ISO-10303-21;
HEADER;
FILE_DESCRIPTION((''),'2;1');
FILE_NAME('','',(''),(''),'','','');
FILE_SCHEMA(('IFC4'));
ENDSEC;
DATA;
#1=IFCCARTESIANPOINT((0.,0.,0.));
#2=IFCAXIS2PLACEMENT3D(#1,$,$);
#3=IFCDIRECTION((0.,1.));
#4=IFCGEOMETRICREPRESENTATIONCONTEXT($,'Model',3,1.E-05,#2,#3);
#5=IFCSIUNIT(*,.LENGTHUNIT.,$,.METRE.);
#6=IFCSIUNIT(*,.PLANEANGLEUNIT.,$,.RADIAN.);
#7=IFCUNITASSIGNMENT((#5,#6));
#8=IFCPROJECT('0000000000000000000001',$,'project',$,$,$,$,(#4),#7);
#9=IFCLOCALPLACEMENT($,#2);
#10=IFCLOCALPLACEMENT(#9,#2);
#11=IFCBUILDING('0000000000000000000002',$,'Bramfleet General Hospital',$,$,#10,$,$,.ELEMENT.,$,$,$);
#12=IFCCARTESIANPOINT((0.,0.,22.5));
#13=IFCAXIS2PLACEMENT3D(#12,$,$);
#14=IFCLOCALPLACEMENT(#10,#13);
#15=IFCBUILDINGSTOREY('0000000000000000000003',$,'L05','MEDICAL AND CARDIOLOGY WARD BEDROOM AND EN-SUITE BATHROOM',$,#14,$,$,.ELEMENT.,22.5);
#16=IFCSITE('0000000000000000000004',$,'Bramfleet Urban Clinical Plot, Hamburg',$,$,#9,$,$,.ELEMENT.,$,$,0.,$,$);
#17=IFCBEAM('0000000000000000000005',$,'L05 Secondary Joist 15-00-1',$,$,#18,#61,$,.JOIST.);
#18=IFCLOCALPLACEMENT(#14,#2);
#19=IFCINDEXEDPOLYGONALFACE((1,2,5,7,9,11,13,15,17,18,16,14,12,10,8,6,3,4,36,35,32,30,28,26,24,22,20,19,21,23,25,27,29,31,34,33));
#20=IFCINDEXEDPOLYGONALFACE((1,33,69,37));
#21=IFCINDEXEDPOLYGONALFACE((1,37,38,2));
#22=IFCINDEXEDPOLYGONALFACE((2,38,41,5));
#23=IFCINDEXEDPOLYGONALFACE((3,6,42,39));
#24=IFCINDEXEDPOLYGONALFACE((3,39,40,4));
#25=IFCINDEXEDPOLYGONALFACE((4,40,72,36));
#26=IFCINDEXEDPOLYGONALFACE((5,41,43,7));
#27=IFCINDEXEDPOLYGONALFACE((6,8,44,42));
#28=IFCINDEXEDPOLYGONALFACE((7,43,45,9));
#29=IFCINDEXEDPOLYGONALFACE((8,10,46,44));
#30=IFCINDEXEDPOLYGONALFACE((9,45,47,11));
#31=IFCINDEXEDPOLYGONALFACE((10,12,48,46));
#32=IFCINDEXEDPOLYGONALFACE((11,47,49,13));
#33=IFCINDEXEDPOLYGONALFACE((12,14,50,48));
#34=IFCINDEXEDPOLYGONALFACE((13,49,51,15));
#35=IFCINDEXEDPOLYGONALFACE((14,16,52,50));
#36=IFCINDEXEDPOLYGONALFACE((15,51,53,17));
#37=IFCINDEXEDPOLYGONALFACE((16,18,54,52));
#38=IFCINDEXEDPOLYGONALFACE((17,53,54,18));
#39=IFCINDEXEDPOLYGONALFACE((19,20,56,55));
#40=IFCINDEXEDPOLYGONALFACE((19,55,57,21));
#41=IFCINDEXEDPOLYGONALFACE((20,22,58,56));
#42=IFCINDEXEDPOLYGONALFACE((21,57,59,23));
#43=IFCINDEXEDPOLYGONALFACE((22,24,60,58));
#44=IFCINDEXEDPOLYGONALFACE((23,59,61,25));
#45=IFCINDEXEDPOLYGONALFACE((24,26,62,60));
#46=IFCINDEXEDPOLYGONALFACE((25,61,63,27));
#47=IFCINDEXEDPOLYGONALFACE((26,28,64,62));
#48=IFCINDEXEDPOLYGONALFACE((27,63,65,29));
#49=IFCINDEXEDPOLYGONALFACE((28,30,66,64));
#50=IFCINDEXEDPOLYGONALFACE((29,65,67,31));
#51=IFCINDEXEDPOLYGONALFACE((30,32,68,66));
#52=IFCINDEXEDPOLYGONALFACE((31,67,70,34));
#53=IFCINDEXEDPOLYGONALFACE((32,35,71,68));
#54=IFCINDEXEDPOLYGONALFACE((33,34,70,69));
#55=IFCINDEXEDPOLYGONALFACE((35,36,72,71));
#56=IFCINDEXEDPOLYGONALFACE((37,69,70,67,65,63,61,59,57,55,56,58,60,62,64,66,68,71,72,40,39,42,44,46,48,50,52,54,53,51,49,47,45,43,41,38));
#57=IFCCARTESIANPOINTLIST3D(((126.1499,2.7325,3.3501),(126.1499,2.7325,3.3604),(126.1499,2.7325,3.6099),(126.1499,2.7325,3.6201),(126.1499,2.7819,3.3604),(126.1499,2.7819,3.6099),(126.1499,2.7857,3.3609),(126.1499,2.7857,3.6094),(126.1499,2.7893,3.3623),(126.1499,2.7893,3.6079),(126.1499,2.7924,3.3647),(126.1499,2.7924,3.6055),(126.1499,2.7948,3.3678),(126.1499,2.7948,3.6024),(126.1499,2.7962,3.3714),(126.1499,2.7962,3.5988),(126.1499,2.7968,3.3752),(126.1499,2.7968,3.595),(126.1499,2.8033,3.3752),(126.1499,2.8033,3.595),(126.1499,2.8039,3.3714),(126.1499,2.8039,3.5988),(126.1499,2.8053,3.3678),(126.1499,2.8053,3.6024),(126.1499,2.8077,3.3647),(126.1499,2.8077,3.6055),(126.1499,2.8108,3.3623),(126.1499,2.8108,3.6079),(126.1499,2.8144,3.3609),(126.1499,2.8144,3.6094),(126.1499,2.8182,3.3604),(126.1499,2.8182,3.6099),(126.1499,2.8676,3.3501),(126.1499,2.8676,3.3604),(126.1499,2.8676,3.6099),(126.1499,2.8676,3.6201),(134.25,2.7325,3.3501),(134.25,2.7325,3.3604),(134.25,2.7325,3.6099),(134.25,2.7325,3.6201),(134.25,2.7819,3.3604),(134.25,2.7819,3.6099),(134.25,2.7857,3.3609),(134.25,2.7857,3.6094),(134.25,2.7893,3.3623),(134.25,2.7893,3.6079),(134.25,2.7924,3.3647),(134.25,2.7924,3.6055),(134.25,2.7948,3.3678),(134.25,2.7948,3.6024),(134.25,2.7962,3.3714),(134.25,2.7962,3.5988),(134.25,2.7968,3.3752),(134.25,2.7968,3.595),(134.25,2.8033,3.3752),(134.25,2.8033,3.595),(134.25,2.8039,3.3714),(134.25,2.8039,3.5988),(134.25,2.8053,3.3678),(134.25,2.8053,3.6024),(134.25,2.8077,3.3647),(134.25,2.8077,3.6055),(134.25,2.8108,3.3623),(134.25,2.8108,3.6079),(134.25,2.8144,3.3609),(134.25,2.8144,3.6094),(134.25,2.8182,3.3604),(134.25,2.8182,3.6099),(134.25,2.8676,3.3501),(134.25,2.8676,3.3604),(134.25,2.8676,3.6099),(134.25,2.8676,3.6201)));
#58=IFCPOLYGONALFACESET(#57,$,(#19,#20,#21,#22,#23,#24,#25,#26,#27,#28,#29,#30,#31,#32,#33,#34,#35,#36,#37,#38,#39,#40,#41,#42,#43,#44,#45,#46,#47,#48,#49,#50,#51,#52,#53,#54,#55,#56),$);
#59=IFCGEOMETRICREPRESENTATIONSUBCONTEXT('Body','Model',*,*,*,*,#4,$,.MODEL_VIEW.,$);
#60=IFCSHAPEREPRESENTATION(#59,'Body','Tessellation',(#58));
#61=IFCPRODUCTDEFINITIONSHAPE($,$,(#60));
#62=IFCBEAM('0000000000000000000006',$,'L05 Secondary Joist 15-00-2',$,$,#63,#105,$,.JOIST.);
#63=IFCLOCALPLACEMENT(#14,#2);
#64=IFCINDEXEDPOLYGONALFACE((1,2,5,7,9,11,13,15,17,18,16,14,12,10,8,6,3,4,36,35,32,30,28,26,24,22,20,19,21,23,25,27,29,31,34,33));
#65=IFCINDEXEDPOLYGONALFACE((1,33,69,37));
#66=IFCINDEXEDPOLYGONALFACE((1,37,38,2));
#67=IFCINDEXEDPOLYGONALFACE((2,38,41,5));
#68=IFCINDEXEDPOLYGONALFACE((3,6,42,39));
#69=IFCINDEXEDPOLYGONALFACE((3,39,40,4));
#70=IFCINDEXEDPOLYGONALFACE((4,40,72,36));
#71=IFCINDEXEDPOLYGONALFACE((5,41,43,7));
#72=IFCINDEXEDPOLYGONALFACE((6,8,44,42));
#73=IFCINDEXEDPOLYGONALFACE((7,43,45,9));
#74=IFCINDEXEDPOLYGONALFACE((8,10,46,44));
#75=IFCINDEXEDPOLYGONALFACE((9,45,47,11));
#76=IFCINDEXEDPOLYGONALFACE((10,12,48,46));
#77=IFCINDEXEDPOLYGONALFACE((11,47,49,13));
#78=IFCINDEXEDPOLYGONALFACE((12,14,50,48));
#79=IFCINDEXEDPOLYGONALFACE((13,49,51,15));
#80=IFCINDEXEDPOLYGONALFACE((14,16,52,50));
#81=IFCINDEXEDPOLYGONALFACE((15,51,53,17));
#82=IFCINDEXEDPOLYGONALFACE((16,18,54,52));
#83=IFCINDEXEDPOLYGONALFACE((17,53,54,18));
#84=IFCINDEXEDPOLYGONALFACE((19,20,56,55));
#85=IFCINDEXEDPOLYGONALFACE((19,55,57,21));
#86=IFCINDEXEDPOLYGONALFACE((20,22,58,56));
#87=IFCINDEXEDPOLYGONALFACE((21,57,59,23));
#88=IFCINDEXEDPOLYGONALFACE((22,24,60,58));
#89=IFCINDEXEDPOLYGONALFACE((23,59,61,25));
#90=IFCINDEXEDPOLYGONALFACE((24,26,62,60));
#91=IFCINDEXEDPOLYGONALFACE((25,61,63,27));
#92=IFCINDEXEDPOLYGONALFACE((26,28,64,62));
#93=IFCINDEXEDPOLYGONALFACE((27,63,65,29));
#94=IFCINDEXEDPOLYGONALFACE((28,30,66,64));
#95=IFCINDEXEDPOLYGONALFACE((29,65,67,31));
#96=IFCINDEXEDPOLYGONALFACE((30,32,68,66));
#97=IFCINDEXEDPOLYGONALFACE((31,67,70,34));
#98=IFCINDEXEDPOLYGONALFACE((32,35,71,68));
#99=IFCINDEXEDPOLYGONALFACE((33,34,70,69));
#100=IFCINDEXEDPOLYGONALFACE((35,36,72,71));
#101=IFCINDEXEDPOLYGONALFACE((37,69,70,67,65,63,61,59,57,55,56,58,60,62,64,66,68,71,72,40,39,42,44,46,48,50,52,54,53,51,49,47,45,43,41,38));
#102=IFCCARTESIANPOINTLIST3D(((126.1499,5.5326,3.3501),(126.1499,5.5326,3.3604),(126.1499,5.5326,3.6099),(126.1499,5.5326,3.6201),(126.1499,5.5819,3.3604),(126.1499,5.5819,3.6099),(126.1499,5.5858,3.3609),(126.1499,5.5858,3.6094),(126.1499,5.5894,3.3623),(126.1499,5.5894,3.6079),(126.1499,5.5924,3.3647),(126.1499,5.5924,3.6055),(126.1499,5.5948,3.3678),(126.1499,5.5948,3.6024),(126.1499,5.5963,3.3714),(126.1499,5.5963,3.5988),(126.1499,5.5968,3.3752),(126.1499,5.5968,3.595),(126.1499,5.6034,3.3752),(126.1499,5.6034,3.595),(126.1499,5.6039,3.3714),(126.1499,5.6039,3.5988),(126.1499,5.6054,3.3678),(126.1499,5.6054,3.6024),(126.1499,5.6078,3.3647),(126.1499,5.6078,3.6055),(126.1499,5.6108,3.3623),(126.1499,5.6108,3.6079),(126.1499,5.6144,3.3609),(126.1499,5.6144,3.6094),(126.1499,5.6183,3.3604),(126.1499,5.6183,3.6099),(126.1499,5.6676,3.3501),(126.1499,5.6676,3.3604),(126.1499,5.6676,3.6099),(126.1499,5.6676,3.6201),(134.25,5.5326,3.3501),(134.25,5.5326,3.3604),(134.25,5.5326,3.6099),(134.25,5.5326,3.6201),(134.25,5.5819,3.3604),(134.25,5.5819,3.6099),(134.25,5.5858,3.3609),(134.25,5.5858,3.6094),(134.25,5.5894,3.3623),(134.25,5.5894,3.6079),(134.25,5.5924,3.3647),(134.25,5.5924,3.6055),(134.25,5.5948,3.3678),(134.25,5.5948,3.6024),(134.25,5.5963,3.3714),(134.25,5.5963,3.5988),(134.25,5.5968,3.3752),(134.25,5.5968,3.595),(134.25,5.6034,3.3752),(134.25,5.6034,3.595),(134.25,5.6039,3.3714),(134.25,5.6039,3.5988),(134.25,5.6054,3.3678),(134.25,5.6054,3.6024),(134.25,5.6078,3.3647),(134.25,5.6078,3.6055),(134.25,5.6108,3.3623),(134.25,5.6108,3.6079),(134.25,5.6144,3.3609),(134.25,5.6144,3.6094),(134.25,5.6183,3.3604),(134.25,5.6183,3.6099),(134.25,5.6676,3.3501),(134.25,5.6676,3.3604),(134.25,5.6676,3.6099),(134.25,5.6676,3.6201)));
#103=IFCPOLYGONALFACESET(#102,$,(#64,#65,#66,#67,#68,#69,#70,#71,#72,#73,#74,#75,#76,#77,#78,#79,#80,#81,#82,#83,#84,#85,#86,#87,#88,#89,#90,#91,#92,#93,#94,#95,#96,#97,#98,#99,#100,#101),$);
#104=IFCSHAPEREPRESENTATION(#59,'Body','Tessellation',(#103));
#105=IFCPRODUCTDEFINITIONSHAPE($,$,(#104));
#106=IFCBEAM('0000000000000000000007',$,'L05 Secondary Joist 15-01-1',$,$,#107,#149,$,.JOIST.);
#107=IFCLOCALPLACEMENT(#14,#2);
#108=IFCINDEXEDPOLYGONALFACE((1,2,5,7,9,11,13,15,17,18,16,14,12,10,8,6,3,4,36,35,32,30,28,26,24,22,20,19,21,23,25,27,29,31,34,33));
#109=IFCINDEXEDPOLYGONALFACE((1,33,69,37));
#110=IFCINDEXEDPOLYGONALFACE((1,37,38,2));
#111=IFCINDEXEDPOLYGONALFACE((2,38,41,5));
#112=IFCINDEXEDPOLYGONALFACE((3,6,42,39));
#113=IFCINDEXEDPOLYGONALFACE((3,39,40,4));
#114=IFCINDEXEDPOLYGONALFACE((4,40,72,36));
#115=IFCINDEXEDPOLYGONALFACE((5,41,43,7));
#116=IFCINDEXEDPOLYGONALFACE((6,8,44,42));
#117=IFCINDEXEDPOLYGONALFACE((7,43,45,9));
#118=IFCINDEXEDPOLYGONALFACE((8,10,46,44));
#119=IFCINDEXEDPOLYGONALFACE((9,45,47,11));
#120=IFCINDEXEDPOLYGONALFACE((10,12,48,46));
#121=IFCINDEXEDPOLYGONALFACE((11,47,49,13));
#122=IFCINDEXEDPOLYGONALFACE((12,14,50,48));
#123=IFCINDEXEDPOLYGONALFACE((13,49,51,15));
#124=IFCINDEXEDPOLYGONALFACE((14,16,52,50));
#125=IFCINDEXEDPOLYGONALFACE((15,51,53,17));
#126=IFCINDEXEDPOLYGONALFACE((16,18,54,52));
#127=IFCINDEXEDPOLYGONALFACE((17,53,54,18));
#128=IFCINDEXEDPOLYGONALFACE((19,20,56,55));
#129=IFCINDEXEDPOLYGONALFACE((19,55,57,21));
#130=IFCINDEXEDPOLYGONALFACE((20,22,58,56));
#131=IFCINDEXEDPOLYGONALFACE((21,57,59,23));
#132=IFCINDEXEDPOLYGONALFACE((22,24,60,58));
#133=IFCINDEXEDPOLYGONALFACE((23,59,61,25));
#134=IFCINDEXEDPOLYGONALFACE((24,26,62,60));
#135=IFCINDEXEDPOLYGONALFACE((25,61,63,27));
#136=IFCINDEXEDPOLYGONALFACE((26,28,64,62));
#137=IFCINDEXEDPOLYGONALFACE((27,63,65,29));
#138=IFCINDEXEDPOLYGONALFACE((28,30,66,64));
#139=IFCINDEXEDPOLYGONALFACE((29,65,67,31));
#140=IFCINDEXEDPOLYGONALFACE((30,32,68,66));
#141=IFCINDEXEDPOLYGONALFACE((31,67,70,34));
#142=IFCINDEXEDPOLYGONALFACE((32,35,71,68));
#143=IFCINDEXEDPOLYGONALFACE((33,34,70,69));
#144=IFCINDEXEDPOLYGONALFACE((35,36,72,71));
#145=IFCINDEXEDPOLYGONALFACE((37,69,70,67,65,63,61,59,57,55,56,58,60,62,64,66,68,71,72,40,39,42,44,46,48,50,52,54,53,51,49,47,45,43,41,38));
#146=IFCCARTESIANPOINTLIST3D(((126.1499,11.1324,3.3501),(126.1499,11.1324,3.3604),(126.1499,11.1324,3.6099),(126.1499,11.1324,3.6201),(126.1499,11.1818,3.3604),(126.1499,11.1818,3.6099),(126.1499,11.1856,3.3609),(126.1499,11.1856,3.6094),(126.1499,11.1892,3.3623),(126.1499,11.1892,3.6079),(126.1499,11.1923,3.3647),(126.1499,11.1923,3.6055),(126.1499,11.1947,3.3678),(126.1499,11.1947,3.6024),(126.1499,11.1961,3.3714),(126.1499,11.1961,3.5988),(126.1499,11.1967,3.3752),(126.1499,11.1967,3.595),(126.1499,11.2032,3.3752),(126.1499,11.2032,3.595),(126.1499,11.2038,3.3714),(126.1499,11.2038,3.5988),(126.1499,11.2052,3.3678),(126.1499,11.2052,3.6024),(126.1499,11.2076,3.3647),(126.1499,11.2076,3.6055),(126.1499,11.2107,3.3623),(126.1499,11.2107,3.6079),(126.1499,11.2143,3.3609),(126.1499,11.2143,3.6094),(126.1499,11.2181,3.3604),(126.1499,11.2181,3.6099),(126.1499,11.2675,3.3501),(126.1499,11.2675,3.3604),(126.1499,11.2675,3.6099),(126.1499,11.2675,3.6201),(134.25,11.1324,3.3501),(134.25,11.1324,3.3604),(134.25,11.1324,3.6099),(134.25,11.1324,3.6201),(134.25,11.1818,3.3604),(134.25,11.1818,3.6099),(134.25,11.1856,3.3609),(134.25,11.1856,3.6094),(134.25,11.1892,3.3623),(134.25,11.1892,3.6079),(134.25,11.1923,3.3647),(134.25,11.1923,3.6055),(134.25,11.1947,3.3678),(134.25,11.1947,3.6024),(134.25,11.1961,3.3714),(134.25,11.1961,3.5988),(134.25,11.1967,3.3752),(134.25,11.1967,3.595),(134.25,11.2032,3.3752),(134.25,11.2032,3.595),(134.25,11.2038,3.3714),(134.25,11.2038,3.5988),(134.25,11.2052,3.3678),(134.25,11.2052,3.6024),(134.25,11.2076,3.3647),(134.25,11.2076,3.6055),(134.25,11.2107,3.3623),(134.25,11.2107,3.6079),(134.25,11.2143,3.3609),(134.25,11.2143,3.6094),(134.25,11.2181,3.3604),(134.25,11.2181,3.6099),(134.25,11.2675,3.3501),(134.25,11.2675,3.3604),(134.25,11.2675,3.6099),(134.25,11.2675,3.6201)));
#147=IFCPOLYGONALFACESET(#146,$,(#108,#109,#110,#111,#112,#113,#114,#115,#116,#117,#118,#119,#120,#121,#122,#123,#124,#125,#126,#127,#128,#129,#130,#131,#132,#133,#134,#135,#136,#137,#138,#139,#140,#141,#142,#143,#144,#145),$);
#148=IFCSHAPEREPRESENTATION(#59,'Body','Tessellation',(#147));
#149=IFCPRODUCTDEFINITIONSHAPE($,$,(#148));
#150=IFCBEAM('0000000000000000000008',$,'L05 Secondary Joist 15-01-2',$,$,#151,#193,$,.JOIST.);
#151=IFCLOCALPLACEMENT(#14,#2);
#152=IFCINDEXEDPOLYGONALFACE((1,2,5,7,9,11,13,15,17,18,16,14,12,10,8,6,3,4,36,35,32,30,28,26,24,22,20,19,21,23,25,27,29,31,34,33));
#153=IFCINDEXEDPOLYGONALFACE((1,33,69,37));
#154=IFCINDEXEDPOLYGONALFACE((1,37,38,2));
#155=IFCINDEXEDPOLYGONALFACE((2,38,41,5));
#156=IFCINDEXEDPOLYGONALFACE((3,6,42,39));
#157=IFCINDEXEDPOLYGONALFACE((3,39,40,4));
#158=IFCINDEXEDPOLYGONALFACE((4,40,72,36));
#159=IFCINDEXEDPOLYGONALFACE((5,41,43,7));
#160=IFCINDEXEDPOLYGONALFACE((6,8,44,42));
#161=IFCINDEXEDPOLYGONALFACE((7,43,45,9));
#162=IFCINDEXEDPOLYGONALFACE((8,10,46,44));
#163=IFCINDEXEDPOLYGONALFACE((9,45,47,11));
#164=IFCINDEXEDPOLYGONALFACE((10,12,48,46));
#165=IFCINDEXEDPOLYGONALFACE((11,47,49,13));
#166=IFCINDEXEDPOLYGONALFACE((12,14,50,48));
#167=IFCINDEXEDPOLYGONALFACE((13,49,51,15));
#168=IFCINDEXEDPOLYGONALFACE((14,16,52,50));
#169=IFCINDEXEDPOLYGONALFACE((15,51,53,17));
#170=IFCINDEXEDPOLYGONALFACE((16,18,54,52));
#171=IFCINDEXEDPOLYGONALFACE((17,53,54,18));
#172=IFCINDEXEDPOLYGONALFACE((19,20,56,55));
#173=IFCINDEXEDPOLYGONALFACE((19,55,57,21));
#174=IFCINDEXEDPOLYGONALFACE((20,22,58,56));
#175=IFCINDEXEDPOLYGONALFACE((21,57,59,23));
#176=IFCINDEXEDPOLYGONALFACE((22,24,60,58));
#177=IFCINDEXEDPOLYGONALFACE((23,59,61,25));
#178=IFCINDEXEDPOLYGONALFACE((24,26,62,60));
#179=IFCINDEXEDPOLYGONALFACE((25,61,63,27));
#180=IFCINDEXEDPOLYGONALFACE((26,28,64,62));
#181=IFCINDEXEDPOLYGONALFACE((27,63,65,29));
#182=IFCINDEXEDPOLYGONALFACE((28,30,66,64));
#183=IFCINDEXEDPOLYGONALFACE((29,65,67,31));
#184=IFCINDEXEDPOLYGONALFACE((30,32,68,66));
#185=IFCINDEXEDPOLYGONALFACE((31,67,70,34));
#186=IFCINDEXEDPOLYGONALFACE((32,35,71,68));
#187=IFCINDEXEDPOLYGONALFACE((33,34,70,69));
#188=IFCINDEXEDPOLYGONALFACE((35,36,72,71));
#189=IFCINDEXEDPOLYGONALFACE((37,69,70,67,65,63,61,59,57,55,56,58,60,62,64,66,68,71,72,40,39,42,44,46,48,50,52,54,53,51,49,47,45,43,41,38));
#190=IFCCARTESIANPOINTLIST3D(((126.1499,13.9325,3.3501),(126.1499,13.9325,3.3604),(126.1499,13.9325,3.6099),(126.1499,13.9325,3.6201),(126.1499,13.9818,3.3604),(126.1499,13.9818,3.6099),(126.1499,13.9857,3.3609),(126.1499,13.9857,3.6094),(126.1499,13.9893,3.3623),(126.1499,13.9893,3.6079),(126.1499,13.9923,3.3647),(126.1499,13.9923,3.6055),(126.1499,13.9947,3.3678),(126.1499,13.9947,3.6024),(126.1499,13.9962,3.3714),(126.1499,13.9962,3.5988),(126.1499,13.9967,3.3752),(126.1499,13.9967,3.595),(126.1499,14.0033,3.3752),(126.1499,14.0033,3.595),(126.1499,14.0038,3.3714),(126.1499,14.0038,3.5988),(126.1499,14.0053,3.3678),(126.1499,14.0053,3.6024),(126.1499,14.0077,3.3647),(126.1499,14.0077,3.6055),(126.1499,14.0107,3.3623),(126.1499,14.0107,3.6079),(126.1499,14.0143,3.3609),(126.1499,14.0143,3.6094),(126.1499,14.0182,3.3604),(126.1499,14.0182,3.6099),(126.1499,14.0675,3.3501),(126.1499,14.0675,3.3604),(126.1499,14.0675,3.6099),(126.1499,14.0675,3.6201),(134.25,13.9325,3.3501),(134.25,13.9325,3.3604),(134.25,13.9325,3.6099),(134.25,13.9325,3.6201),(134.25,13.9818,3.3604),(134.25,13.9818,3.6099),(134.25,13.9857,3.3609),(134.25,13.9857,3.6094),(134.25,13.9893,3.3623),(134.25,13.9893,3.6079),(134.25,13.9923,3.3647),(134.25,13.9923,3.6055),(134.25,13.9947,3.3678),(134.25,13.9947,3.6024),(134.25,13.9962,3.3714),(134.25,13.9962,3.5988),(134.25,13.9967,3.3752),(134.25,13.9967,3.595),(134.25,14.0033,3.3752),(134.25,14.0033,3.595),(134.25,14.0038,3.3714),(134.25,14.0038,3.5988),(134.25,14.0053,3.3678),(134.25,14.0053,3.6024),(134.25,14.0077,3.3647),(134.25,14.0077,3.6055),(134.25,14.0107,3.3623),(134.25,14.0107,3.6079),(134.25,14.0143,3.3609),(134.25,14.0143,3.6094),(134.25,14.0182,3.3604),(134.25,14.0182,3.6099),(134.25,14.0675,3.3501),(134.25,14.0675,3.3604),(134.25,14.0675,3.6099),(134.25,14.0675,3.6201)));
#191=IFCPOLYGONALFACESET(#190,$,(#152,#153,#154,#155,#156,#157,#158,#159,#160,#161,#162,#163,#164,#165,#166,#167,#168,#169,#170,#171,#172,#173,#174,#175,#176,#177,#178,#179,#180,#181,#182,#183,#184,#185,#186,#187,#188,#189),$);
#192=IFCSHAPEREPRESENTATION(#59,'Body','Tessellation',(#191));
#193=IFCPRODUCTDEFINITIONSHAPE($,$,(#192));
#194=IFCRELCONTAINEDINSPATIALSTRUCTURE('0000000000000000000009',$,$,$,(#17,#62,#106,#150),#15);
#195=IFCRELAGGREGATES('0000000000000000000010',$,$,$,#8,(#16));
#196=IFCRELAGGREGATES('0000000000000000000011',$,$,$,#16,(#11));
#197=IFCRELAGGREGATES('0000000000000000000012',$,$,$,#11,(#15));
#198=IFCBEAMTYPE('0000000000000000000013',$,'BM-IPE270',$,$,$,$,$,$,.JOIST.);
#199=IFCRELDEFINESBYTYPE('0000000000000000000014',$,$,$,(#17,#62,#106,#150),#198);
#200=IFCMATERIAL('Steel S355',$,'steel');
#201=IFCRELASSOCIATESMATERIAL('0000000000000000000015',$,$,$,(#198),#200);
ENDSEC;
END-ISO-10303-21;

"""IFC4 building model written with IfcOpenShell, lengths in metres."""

from ifc_helpers import new_model, si_unit, direction, frame, origin, origin_2d, place, context, subcontext, project, spatial, i_section, extrude, material, material_profile, profile_set, type_object, element, save


model = new_model("IFC4")

# Units and contexts
model_context = context("Model", 3, precision=1e-05, world=origin(), true_north=direction((0.0, 1.0)))
body_context = subcontext(model_context, "Body", "Model", "MODEL_VIEW")
ifc_project = project(units=[si_unit("LENGTHUNIT", "METRE"), si_unit("PLANEANGLEUNIT", "RADIAN")], contexts=[model_context])

# Site, building, storey
site_placement = place(None, origin())
site = spatial("IfcSite", under=ifc_project, at=site_placement, Name="Bramfleet Urban Clinical Plot, Hamburg", CompositionType="ELEMENT", RefElevation=0.0)
building_placement = place(site_placement, origin())
building = spatial("IfcBuilding", under=site, at=building_placement, Name="Bramfleet General Hospital", CompositionType="ELEMENT")
storey_placement = place(building_placement, frame((0.0, 0.0, 22.5)))
storey = spatial("IfcBuildingStorey", under=building, at=storey_placement, Name="L05", Description="MEDICAL AND CARDIOLOGY WARD BEDROOM AND EN-SUITE BATHROOM", CompositionType="ELEMENT", Elevation=22.5)

# Beams
ifc_material_1 = material(Name="Steel S355", Category="steel")
ifc_material_profile_1 = material_profile(ifc_material_1, i_section(OverallWidth=0.135, OverallDepth=0.27, WebThickness=0.0066, FlangeThickness=0.0103, FilletRadius=0.0149, at=origin_2d()), Name="IPE 270")
ifc_profile_set_1 = profile_set([ifc_material_profile_1], Name="Steel S355")
beam_type_1 = type_object("IfcBeamType", Name="BM-IPE270", PredefinedType="JOIST", material=ifc_profile_set_1)
for number, where, z_axis, x_axis, name in (
    (1, (126.1499, 2.8, 3.4851), (1.0, 0.0, 0.0), (0.0, 1.0, 0.0), "L05 Secondary Joist 15-00-1"),
    (2, (126.1499, 5.6001, 3.4851), (1.0, 0.0, 0.0), (0.0, 1.0, 0.0), "L05 Secondary Joist 15-00-2"),
    (3, (126.1499, 11.2, 3.4851), (1.0, 0.0, 0.0), (0.0, 1.0, 0.0), "L05 Secondary Joist 15-01-1"),
    (4, (126.1499, 14.0, 3.4851), (1.0, 0.0, 0.0), (0.0, 1.0, 0.0), "L05 Secondary Joist 15-01-2"),
):
    element("IfcBeam", number, at=place(storey_placement, frame(where, z_axis=z_axis, x_axis=x_axis)), inside=storey, type_object=beam_type_1, Name=name, PredefinedType="JOIST", context=body_context, shape_type="SweptSolid", body=[
        extrude(i_section(OverallWidth=0.135, OverallDepth=0.27, WebThickness=0.0066, FlangeThickness=0.0103, FilletRadius=0.0149, at=origin_2d()), origin(), (0.0, 0.0, 1.0), 8.1001),
    ])

save(model, "model.ifc")
